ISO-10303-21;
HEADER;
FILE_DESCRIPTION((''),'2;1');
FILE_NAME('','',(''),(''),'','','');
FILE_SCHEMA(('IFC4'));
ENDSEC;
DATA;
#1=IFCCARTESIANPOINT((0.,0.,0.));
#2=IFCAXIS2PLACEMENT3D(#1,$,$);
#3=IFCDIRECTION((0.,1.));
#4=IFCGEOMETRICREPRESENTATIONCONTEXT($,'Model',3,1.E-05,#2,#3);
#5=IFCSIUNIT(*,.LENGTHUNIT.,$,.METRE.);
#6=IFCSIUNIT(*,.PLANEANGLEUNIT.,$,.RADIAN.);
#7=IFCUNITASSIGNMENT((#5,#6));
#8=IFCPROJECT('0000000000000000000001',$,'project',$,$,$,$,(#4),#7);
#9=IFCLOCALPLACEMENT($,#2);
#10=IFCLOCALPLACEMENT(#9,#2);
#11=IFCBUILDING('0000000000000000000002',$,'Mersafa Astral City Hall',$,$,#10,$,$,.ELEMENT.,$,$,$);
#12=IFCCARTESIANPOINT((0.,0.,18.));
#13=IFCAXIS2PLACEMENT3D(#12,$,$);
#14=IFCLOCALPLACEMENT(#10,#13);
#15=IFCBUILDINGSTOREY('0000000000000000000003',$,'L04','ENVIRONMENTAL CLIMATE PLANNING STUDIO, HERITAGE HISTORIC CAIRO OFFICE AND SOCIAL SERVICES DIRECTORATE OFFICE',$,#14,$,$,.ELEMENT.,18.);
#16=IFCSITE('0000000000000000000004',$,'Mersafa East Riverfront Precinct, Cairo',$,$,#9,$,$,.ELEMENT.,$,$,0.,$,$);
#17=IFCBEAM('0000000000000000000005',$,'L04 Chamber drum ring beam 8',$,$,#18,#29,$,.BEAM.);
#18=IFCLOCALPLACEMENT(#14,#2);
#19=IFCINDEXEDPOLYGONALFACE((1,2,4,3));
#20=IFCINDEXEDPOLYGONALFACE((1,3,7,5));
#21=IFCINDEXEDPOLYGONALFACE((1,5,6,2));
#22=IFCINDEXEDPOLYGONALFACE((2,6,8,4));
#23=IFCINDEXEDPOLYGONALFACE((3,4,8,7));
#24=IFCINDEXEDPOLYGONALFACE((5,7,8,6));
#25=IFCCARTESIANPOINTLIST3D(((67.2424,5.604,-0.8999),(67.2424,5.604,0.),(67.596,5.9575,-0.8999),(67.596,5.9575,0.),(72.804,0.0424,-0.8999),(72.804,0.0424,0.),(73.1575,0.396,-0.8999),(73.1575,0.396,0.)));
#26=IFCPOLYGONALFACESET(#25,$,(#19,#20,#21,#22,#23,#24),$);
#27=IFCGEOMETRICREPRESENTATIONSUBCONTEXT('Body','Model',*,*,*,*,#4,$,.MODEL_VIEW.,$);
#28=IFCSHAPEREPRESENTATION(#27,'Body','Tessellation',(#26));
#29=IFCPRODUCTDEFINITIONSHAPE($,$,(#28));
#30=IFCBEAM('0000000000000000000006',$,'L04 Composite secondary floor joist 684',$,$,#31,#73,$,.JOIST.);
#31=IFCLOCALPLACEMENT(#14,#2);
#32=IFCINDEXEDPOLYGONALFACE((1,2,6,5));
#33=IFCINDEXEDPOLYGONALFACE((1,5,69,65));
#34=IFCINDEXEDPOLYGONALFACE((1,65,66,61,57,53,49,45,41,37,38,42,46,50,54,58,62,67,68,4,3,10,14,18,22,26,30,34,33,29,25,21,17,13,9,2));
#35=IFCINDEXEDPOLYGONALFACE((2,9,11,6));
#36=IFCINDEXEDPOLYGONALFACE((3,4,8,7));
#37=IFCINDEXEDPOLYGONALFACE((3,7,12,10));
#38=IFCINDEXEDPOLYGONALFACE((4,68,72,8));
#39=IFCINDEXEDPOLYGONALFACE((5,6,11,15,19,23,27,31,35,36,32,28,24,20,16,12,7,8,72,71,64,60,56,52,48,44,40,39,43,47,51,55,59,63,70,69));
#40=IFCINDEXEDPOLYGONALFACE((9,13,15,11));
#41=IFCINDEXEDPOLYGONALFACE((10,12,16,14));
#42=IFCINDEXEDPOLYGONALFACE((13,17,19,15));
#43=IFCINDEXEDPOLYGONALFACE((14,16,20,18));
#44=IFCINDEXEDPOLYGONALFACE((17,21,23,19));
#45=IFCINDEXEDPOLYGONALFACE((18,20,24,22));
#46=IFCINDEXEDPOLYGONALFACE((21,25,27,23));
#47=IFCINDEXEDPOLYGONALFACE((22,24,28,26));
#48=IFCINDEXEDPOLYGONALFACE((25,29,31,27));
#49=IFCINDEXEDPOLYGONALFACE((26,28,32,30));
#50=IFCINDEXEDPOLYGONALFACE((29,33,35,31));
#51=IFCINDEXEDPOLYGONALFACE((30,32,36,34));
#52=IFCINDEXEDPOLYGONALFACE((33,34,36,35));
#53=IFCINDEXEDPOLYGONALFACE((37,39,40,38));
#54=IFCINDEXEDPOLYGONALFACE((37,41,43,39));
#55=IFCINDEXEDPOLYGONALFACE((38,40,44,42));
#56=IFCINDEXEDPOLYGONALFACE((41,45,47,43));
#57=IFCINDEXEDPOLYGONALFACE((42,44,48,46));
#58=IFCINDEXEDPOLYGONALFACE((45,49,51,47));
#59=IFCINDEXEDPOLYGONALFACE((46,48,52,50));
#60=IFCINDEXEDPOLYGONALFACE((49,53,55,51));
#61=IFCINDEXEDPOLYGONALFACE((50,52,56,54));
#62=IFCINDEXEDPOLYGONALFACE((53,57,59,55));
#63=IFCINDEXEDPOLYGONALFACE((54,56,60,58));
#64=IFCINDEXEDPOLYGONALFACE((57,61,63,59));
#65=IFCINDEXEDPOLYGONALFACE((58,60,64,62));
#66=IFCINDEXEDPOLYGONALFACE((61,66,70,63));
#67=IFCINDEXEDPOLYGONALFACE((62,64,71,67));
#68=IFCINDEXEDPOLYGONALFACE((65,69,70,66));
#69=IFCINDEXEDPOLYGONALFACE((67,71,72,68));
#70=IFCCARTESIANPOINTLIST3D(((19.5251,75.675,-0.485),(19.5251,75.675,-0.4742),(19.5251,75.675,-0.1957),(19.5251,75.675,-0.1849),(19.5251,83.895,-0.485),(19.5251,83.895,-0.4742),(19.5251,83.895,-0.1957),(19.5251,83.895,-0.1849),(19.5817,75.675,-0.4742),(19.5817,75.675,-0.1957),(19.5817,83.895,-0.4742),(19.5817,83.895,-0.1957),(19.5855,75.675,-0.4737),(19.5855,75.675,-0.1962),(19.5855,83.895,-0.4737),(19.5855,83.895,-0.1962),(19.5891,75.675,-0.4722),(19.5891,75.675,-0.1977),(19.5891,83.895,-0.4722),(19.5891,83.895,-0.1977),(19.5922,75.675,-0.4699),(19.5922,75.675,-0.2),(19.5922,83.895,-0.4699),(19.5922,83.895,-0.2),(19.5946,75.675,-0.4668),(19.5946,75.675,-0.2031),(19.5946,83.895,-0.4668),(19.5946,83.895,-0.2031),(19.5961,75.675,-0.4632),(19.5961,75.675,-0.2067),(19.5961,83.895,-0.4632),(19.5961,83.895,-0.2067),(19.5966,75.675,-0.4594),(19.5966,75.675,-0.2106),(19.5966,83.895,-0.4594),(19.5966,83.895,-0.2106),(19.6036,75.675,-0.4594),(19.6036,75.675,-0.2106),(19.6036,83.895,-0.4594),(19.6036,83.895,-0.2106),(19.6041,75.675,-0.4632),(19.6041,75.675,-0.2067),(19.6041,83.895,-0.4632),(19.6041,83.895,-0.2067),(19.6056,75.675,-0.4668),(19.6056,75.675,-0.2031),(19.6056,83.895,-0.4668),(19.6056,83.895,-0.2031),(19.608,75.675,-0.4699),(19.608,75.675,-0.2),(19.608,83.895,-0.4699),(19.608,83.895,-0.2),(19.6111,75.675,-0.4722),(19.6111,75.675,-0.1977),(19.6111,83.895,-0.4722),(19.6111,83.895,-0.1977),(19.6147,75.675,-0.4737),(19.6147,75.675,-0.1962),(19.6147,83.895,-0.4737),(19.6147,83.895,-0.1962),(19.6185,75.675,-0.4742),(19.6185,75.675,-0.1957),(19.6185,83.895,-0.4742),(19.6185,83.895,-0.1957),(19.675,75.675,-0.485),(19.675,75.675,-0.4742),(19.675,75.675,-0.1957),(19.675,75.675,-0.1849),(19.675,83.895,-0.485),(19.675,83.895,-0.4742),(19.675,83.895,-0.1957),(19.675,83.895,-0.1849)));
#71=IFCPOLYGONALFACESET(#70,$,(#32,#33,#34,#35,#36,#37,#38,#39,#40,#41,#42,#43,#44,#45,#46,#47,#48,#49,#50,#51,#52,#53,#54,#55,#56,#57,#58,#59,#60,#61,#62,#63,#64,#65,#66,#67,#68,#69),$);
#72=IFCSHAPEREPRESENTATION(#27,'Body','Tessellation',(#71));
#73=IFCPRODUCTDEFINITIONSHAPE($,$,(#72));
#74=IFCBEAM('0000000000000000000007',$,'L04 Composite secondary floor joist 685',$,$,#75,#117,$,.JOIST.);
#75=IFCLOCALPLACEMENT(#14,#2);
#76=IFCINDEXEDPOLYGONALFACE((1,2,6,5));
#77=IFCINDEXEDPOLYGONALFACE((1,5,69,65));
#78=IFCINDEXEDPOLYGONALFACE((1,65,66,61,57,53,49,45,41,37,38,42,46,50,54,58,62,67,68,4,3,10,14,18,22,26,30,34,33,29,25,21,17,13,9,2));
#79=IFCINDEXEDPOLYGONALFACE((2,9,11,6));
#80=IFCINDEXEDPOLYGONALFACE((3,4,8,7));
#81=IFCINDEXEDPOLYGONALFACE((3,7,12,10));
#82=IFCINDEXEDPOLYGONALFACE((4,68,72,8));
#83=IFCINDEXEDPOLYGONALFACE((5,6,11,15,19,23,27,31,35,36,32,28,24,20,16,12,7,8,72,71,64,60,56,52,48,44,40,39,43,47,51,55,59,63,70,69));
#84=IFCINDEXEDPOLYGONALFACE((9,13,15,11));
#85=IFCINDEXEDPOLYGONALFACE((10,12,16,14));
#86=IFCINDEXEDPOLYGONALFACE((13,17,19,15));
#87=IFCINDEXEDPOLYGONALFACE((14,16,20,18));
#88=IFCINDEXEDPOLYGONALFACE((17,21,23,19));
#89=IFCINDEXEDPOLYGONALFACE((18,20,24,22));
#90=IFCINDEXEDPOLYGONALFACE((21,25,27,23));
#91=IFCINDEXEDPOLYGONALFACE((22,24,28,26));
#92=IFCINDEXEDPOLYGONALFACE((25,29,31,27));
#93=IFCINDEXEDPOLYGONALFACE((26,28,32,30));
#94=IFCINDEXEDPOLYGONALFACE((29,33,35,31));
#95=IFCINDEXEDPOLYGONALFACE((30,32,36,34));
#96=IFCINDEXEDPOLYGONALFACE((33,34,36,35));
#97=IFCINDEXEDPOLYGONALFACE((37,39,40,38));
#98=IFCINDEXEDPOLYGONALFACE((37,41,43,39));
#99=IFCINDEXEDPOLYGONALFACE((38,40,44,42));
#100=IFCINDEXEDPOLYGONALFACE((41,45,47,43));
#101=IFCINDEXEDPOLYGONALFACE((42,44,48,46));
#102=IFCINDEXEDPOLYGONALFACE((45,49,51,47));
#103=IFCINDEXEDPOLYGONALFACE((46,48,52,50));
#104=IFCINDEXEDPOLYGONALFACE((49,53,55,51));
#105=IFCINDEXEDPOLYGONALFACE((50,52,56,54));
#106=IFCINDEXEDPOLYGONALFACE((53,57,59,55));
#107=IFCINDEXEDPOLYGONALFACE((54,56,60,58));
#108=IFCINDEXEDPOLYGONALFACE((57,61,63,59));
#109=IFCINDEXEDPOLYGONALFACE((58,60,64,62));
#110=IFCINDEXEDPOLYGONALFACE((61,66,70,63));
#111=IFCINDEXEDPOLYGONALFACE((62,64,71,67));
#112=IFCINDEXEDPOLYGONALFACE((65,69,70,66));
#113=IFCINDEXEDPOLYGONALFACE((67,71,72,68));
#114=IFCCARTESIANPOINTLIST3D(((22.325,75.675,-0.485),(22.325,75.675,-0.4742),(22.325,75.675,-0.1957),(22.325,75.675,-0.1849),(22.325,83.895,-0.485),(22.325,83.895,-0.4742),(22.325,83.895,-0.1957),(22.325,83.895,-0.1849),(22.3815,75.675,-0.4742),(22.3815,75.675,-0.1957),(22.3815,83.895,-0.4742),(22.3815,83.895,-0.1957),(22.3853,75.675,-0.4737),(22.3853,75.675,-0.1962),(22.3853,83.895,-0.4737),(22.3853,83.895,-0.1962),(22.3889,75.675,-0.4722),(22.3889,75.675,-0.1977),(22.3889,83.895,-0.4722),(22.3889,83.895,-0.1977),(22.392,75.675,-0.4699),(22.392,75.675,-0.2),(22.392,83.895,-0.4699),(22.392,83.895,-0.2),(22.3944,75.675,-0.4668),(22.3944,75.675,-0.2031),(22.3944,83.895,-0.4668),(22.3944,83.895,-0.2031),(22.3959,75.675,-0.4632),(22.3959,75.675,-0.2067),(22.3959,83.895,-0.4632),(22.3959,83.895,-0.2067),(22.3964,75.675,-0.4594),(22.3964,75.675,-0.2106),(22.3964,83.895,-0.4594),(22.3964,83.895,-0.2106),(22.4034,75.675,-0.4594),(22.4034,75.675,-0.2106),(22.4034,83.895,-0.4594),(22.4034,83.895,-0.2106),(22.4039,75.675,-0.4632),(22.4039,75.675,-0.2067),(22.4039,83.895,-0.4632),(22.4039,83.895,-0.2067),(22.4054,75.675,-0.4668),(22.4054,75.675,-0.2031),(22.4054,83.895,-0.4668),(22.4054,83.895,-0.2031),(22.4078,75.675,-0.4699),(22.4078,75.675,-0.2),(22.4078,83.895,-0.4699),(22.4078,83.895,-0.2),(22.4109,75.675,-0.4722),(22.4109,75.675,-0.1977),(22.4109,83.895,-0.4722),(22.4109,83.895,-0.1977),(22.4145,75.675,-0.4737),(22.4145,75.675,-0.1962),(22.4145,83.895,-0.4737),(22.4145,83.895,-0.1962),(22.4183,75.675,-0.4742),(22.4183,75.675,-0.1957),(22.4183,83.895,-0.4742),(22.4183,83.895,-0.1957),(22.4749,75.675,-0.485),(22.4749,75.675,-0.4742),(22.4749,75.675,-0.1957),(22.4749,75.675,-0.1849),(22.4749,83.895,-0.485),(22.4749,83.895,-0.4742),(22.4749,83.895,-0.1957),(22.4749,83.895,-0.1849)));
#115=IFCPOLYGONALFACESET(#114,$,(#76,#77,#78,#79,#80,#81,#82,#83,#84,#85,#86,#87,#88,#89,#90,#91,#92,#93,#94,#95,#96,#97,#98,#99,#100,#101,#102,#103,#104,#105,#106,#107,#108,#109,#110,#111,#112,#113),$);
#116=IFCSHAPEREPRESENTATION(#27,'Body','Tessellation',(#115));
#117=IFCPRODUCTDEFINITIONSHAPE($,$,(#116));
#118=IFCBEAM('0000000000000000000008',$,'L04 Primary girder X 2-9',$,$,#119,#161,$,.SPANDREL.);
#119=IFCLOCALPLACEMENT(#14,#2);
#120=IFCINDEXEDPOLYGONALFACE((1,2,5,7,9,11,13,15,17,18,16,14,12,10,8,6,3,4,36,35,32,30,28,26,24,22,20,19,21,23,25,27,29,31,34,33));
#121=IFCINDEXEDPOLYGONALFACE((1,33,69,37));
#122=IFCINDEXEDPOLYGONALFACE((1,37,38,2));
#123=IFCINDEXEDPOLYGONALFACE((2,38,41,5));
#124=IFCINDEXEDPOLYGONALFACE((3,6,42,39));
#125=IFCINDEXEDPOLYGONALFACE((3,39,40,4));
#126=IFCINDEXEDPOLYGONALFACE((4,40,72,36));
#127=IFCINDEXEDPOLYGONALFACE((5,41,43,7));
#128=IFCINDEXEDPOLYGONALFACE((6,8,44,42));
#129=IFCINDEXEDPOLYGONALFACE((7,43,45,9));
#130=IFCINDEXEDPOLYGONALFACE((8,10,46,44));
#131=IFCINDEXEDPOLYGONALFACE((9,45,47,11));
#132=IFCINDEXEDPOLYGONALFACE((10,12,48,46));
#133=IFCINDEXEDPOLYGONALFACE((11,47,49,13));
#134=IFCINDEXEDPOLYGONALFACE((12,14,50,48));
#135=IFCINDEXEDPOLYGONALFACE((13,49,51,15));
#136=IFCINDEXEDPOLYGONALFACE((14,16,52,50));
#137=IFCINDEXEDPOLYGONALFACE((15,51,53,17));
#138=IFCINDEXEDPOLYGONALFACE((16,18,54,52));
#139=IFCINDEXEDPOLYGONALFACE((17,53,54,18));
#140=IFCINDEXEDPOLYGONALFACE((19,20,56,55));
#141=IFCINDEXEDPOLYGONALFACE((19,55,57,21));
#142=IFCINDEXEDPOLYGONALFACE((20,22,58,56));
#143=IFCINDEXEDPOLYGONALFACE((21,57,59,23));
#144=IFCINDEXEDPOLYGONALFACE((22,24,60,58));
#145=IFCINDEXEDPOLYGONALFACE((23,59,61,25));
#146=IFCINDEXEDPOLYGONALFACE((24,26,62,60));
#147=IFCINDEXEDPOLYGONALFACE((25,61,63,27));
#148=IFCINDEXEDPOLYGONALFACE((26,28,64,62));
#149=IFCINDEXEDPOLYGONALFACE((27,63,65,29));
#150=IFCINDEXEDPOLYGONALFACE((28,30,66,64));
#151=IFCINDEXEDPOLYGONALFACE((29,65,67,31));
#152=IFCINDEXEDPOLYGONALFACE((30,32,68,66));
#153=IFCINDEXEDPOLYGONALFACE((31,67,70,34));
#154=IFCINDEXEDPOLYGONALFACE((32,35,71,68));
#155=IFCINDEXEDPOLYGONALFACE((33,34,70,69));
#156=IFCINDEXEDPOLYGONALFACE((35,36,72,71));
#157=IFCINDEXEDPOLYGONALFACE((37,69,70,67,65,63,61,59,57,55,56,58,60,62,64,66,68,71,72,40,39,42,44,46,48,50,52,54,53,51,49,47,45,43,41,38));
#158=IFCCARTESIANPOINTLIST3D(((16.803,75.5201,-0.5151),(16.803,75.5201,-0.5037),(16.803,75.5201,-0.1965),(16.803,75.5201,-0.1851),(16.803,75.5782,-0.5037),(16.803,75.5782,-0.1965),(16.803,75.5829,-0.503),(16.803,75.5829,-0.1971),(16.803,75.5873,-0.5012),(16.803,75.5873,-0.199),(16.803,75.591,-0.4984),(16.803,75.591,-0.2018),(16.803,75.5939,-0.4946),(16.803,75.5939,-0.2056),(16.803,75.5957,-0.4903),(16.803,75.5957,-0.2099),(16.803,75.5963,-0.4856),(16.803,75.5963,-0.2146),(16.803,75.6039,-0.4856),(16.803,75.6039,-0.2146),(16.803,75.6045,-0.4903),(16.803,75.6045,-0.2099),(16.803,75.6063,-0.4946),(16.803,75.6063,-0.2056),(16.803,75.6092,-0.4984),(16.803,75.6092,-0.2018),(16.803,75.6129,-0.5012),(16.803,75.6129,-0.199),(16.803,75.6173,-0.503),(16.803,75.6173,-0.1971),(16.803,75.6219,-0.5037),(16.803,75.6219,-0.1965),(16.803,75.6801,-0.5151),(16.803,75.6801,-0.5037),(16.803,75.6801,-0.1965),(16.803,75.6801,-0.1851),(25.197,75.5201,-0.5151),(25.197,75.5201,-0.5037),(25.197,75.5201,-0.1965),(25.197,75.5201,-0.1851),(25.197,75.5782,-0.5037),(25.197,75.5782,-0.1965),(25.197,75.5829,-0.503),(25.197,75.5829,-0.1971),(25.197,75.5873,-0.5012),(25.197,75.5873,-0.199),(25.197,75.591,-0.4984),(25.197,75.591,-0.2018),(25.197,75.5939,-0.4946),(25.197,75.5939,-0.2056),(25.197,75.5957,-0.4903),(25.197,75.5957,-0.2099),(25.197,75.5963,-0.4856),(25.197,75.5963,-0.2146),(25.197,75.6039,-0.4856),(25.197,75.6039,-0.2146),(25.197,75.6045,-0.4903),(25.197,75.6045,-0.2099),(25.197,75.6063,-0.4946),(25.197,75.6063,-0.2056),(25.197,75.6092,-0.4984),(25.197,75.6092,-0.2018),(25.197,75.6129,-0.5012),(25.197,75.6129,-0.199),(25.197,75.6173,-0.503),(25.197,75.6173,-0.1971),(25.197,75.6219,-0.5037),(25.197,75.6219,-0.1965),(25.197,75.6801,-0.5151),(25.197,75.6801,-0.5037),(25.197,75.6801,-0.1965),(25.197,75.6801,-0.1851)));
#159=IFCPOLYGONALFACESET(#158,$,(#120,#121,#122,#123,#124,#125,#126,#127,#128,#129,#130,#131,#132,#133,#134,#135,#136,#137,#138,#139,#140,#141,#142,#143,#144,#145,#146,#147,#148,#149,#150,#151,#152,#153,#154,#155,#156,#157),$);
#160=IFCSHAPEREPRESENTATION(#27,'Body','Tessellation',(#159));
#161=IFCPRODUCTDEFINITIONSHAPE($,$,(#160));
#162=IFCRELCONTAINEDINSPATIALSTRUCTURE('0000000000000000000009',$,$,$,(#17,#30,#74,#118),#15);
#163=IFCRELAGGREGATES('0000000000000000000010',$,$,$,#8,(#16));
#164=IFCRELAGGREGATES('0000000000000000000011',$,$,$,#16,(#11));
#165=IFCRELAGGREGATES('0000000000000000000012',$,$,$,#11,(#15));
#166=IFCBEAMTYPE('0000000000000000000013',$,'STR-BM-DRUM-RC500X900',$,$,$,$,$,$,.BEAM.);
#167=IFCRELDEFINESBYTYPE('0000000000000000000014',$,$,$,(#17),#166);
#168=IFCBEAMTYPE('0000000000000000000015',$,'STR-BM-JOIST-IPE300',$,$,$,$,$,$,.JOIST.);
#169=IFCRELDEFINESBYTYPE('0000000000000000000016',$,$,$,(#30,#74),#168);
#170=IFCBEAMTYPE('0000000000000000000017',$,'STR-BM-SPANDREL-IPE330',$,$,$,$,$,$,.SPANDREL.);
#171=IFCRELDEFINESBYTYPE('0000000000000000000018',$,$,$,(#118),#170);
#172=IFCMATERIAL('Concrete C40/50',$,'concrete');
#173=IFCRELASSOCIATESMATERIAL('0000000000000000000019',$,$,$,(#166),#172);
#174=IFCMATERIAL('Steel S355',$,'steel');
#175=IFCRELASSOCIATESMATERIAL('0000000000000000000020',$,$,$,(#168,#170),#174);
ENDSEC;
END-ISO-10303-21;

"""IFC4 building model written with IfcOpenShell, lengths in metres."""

from ifc_helpers import new_model, si_unit, direction, frame, origin, origin_2d, place, context, subcontext, project, spatial, rectangle, i_section, extrude, material, material_profile, profile_set, type_object, element, save


model = new_model("IFC4")

# Units and contexts
model_context = context("Model", 3, precision=1e-05, world=origin(), true_north=direction((0.0, 1.0)))
body_context = subcontext(model_context, "Body", "Model", "MODEL_VIEW")
ifc_project = project(units=[si_unit("LENGTHUNIT", "METRE"), si_unit("PLANEANGLEUNIT", "RADIAN")], contexts=[model_context])

# Site, building, storey
site_placement = place(None, origin())
site = spatial("IfcSite", under=ifc_project, at=site_placement, Name="Mersafa East Riverfront Precinct, Cairo", CompositionType="ELEMENT", RefElevation=0.0)
building_placement = place(site_placement, origin())
building = spatial("IfcBuilding", under=site, at=building_placement, Name="Mersafa Astral City Hall", CompositionType="ELEMENT")
storey_placement = place(building_placement, frame((0.0, 0.0, 18.0)))
storey = spatial("IfcBuildingStorey", under=building, at=storey_placement, Name="L04", Description="ENVIRONMENTAL CLIMATE PLANNING STUDIO, HERITAGE HISTORIC CAIRO OFFICE AND SOCIAL SERVICES DIRECTORATE OFFICE", CompositionType="ELEMENT", Elevation=18.0)

# Shared definitions
ifc_material_1 = material(Name="Steel S355", Category="steel")
ifc_material_2 = material(Name="Concrete C40/50", Category="concrete")

# Beams
ifc_material_profile_1 = material_profile(ifc_material_2, rectangle(XDim=0.5, YDim=0.8999, at=origin_2d()), Name="RC 500x900")
ifc_profile_set_1 = profile_set([ifc_material_profile_1], Name="Concrete C40/50")
beam_type_1 = type_object("IfcBeamType", Name="STR-BM-DRUM-RC500X900", PredefinedType="BEAM", material=ifc_profile_set_1)
beam_1_placement = place(storey_placement, frame((67.4192, 5.7808, -0.45), z_axis=(0.707107, -0.707107, 0.0), x_axis=(0.707107, 0.707107, 0.0)))
element("IfcBeam", 1, at=beam_1_placement, inside=storey, type_object=beam_type_1, Name="L04 Chamber drum ring beam 8", PredefinedType="BEAM", context=body_context, shape_type="SweptSolid", body=[
    extrude(rectangle(XDim=0.5, YDim=0.8999, at=origin_2d()), origin(), (0.0, 0.0, 1.0), 7.8652),
])
ifc_material_profile_2 = material_profile(ifc_material_1, i_section(OverallWidth=0.1499, OverallDepth=0.3, WebThickness=0.0071, FlangeThickness=0.0107, FilletRadius=0.0149, at=origin_2d()), Name="IPE 300")
ifc_profile_set_2 = profile_set([ifc_material_profile_2], Name="Steel S355")
beam_type_2 = type_object("IfcBeamType", Name="STR-BM-JOIST-IPE300", PredefinedType="JOIST", material=ifc_profile_set_2)
for number, where, z_axis, x_axis, name in (
    (2, (19.6001, 75.675, -0.335), (0.0, 1.0, 0.0), (-1.0, 0.0, 0.0), "L04 Composite secondary floor joist 684"),
    (3, (22.3999, 75.675, -0.335), (0.0, 1.0, 0.0), (-1.0, 0.0, 0.0), "L04 Composite secondary floor joist 685"),
):
    element("IfcBeam", number, at=place(storey_placement, frame(where, z_axis=z_axis, x_axis=x_axis)), inside=storey, type_object=beam_type_2, Name=name, PredefinedType="JOIST", context=body_context, shape_type="SweptSolid", body=[
        extrude(i_section(OverallWidth=0.1499, OverallDepth=0.3, WebThickness=0.0071, FlangeThickness=0.0107, FilletRadius=0.0149, at=origin_2d()), origin(), (0.0, 0.0, 1.0), 8.22),
    ])
ifc_material_profile_3 = material_profile(ifc_material_1, i_section(OverallWidth=0.1599, OverallDepth=0.3301, WebThickness=0.0076, FlangeThickness=0.0115, FilletRadius=0.0181, at=origin_2d()), Name="IPE 330")
ifc_profile_set_3 = profile_set([ifc_material_profile_3], Name="Steel S355")
beam_type_3 = type_object("IfcBeamType", Name="STR-BM-SPANDREL-IPE330", PredefinedType="SPANDREL", material=ifc_profile_set_3)
beam_2_placement = place(storey_placement, frame((16.803, 75.6001, -0.3501), z_axis=(1.0, 0.0, 0.0), x_axis=(0.0, 1.0, 0.0)))
element("IfcBeam", 4, at=beam_2_placement, inside=storey, type_object=beam_type_3, Name="L04 Primary girder X 2-9", PredefinedType="SPANDREL", context=body_context, shape_type="SweptSolid", body=[
    extrude(i_section(OverallWidth=0.1599, OverallDepth=0.3301, WebThickness=0.0076, FlangeThickness=0.0115, FilletRadius=0.0181, at=origin_2d()), origin(), (0.0, 0.0, 1.0), 8.394),
])

save(model, "model.ifc")
